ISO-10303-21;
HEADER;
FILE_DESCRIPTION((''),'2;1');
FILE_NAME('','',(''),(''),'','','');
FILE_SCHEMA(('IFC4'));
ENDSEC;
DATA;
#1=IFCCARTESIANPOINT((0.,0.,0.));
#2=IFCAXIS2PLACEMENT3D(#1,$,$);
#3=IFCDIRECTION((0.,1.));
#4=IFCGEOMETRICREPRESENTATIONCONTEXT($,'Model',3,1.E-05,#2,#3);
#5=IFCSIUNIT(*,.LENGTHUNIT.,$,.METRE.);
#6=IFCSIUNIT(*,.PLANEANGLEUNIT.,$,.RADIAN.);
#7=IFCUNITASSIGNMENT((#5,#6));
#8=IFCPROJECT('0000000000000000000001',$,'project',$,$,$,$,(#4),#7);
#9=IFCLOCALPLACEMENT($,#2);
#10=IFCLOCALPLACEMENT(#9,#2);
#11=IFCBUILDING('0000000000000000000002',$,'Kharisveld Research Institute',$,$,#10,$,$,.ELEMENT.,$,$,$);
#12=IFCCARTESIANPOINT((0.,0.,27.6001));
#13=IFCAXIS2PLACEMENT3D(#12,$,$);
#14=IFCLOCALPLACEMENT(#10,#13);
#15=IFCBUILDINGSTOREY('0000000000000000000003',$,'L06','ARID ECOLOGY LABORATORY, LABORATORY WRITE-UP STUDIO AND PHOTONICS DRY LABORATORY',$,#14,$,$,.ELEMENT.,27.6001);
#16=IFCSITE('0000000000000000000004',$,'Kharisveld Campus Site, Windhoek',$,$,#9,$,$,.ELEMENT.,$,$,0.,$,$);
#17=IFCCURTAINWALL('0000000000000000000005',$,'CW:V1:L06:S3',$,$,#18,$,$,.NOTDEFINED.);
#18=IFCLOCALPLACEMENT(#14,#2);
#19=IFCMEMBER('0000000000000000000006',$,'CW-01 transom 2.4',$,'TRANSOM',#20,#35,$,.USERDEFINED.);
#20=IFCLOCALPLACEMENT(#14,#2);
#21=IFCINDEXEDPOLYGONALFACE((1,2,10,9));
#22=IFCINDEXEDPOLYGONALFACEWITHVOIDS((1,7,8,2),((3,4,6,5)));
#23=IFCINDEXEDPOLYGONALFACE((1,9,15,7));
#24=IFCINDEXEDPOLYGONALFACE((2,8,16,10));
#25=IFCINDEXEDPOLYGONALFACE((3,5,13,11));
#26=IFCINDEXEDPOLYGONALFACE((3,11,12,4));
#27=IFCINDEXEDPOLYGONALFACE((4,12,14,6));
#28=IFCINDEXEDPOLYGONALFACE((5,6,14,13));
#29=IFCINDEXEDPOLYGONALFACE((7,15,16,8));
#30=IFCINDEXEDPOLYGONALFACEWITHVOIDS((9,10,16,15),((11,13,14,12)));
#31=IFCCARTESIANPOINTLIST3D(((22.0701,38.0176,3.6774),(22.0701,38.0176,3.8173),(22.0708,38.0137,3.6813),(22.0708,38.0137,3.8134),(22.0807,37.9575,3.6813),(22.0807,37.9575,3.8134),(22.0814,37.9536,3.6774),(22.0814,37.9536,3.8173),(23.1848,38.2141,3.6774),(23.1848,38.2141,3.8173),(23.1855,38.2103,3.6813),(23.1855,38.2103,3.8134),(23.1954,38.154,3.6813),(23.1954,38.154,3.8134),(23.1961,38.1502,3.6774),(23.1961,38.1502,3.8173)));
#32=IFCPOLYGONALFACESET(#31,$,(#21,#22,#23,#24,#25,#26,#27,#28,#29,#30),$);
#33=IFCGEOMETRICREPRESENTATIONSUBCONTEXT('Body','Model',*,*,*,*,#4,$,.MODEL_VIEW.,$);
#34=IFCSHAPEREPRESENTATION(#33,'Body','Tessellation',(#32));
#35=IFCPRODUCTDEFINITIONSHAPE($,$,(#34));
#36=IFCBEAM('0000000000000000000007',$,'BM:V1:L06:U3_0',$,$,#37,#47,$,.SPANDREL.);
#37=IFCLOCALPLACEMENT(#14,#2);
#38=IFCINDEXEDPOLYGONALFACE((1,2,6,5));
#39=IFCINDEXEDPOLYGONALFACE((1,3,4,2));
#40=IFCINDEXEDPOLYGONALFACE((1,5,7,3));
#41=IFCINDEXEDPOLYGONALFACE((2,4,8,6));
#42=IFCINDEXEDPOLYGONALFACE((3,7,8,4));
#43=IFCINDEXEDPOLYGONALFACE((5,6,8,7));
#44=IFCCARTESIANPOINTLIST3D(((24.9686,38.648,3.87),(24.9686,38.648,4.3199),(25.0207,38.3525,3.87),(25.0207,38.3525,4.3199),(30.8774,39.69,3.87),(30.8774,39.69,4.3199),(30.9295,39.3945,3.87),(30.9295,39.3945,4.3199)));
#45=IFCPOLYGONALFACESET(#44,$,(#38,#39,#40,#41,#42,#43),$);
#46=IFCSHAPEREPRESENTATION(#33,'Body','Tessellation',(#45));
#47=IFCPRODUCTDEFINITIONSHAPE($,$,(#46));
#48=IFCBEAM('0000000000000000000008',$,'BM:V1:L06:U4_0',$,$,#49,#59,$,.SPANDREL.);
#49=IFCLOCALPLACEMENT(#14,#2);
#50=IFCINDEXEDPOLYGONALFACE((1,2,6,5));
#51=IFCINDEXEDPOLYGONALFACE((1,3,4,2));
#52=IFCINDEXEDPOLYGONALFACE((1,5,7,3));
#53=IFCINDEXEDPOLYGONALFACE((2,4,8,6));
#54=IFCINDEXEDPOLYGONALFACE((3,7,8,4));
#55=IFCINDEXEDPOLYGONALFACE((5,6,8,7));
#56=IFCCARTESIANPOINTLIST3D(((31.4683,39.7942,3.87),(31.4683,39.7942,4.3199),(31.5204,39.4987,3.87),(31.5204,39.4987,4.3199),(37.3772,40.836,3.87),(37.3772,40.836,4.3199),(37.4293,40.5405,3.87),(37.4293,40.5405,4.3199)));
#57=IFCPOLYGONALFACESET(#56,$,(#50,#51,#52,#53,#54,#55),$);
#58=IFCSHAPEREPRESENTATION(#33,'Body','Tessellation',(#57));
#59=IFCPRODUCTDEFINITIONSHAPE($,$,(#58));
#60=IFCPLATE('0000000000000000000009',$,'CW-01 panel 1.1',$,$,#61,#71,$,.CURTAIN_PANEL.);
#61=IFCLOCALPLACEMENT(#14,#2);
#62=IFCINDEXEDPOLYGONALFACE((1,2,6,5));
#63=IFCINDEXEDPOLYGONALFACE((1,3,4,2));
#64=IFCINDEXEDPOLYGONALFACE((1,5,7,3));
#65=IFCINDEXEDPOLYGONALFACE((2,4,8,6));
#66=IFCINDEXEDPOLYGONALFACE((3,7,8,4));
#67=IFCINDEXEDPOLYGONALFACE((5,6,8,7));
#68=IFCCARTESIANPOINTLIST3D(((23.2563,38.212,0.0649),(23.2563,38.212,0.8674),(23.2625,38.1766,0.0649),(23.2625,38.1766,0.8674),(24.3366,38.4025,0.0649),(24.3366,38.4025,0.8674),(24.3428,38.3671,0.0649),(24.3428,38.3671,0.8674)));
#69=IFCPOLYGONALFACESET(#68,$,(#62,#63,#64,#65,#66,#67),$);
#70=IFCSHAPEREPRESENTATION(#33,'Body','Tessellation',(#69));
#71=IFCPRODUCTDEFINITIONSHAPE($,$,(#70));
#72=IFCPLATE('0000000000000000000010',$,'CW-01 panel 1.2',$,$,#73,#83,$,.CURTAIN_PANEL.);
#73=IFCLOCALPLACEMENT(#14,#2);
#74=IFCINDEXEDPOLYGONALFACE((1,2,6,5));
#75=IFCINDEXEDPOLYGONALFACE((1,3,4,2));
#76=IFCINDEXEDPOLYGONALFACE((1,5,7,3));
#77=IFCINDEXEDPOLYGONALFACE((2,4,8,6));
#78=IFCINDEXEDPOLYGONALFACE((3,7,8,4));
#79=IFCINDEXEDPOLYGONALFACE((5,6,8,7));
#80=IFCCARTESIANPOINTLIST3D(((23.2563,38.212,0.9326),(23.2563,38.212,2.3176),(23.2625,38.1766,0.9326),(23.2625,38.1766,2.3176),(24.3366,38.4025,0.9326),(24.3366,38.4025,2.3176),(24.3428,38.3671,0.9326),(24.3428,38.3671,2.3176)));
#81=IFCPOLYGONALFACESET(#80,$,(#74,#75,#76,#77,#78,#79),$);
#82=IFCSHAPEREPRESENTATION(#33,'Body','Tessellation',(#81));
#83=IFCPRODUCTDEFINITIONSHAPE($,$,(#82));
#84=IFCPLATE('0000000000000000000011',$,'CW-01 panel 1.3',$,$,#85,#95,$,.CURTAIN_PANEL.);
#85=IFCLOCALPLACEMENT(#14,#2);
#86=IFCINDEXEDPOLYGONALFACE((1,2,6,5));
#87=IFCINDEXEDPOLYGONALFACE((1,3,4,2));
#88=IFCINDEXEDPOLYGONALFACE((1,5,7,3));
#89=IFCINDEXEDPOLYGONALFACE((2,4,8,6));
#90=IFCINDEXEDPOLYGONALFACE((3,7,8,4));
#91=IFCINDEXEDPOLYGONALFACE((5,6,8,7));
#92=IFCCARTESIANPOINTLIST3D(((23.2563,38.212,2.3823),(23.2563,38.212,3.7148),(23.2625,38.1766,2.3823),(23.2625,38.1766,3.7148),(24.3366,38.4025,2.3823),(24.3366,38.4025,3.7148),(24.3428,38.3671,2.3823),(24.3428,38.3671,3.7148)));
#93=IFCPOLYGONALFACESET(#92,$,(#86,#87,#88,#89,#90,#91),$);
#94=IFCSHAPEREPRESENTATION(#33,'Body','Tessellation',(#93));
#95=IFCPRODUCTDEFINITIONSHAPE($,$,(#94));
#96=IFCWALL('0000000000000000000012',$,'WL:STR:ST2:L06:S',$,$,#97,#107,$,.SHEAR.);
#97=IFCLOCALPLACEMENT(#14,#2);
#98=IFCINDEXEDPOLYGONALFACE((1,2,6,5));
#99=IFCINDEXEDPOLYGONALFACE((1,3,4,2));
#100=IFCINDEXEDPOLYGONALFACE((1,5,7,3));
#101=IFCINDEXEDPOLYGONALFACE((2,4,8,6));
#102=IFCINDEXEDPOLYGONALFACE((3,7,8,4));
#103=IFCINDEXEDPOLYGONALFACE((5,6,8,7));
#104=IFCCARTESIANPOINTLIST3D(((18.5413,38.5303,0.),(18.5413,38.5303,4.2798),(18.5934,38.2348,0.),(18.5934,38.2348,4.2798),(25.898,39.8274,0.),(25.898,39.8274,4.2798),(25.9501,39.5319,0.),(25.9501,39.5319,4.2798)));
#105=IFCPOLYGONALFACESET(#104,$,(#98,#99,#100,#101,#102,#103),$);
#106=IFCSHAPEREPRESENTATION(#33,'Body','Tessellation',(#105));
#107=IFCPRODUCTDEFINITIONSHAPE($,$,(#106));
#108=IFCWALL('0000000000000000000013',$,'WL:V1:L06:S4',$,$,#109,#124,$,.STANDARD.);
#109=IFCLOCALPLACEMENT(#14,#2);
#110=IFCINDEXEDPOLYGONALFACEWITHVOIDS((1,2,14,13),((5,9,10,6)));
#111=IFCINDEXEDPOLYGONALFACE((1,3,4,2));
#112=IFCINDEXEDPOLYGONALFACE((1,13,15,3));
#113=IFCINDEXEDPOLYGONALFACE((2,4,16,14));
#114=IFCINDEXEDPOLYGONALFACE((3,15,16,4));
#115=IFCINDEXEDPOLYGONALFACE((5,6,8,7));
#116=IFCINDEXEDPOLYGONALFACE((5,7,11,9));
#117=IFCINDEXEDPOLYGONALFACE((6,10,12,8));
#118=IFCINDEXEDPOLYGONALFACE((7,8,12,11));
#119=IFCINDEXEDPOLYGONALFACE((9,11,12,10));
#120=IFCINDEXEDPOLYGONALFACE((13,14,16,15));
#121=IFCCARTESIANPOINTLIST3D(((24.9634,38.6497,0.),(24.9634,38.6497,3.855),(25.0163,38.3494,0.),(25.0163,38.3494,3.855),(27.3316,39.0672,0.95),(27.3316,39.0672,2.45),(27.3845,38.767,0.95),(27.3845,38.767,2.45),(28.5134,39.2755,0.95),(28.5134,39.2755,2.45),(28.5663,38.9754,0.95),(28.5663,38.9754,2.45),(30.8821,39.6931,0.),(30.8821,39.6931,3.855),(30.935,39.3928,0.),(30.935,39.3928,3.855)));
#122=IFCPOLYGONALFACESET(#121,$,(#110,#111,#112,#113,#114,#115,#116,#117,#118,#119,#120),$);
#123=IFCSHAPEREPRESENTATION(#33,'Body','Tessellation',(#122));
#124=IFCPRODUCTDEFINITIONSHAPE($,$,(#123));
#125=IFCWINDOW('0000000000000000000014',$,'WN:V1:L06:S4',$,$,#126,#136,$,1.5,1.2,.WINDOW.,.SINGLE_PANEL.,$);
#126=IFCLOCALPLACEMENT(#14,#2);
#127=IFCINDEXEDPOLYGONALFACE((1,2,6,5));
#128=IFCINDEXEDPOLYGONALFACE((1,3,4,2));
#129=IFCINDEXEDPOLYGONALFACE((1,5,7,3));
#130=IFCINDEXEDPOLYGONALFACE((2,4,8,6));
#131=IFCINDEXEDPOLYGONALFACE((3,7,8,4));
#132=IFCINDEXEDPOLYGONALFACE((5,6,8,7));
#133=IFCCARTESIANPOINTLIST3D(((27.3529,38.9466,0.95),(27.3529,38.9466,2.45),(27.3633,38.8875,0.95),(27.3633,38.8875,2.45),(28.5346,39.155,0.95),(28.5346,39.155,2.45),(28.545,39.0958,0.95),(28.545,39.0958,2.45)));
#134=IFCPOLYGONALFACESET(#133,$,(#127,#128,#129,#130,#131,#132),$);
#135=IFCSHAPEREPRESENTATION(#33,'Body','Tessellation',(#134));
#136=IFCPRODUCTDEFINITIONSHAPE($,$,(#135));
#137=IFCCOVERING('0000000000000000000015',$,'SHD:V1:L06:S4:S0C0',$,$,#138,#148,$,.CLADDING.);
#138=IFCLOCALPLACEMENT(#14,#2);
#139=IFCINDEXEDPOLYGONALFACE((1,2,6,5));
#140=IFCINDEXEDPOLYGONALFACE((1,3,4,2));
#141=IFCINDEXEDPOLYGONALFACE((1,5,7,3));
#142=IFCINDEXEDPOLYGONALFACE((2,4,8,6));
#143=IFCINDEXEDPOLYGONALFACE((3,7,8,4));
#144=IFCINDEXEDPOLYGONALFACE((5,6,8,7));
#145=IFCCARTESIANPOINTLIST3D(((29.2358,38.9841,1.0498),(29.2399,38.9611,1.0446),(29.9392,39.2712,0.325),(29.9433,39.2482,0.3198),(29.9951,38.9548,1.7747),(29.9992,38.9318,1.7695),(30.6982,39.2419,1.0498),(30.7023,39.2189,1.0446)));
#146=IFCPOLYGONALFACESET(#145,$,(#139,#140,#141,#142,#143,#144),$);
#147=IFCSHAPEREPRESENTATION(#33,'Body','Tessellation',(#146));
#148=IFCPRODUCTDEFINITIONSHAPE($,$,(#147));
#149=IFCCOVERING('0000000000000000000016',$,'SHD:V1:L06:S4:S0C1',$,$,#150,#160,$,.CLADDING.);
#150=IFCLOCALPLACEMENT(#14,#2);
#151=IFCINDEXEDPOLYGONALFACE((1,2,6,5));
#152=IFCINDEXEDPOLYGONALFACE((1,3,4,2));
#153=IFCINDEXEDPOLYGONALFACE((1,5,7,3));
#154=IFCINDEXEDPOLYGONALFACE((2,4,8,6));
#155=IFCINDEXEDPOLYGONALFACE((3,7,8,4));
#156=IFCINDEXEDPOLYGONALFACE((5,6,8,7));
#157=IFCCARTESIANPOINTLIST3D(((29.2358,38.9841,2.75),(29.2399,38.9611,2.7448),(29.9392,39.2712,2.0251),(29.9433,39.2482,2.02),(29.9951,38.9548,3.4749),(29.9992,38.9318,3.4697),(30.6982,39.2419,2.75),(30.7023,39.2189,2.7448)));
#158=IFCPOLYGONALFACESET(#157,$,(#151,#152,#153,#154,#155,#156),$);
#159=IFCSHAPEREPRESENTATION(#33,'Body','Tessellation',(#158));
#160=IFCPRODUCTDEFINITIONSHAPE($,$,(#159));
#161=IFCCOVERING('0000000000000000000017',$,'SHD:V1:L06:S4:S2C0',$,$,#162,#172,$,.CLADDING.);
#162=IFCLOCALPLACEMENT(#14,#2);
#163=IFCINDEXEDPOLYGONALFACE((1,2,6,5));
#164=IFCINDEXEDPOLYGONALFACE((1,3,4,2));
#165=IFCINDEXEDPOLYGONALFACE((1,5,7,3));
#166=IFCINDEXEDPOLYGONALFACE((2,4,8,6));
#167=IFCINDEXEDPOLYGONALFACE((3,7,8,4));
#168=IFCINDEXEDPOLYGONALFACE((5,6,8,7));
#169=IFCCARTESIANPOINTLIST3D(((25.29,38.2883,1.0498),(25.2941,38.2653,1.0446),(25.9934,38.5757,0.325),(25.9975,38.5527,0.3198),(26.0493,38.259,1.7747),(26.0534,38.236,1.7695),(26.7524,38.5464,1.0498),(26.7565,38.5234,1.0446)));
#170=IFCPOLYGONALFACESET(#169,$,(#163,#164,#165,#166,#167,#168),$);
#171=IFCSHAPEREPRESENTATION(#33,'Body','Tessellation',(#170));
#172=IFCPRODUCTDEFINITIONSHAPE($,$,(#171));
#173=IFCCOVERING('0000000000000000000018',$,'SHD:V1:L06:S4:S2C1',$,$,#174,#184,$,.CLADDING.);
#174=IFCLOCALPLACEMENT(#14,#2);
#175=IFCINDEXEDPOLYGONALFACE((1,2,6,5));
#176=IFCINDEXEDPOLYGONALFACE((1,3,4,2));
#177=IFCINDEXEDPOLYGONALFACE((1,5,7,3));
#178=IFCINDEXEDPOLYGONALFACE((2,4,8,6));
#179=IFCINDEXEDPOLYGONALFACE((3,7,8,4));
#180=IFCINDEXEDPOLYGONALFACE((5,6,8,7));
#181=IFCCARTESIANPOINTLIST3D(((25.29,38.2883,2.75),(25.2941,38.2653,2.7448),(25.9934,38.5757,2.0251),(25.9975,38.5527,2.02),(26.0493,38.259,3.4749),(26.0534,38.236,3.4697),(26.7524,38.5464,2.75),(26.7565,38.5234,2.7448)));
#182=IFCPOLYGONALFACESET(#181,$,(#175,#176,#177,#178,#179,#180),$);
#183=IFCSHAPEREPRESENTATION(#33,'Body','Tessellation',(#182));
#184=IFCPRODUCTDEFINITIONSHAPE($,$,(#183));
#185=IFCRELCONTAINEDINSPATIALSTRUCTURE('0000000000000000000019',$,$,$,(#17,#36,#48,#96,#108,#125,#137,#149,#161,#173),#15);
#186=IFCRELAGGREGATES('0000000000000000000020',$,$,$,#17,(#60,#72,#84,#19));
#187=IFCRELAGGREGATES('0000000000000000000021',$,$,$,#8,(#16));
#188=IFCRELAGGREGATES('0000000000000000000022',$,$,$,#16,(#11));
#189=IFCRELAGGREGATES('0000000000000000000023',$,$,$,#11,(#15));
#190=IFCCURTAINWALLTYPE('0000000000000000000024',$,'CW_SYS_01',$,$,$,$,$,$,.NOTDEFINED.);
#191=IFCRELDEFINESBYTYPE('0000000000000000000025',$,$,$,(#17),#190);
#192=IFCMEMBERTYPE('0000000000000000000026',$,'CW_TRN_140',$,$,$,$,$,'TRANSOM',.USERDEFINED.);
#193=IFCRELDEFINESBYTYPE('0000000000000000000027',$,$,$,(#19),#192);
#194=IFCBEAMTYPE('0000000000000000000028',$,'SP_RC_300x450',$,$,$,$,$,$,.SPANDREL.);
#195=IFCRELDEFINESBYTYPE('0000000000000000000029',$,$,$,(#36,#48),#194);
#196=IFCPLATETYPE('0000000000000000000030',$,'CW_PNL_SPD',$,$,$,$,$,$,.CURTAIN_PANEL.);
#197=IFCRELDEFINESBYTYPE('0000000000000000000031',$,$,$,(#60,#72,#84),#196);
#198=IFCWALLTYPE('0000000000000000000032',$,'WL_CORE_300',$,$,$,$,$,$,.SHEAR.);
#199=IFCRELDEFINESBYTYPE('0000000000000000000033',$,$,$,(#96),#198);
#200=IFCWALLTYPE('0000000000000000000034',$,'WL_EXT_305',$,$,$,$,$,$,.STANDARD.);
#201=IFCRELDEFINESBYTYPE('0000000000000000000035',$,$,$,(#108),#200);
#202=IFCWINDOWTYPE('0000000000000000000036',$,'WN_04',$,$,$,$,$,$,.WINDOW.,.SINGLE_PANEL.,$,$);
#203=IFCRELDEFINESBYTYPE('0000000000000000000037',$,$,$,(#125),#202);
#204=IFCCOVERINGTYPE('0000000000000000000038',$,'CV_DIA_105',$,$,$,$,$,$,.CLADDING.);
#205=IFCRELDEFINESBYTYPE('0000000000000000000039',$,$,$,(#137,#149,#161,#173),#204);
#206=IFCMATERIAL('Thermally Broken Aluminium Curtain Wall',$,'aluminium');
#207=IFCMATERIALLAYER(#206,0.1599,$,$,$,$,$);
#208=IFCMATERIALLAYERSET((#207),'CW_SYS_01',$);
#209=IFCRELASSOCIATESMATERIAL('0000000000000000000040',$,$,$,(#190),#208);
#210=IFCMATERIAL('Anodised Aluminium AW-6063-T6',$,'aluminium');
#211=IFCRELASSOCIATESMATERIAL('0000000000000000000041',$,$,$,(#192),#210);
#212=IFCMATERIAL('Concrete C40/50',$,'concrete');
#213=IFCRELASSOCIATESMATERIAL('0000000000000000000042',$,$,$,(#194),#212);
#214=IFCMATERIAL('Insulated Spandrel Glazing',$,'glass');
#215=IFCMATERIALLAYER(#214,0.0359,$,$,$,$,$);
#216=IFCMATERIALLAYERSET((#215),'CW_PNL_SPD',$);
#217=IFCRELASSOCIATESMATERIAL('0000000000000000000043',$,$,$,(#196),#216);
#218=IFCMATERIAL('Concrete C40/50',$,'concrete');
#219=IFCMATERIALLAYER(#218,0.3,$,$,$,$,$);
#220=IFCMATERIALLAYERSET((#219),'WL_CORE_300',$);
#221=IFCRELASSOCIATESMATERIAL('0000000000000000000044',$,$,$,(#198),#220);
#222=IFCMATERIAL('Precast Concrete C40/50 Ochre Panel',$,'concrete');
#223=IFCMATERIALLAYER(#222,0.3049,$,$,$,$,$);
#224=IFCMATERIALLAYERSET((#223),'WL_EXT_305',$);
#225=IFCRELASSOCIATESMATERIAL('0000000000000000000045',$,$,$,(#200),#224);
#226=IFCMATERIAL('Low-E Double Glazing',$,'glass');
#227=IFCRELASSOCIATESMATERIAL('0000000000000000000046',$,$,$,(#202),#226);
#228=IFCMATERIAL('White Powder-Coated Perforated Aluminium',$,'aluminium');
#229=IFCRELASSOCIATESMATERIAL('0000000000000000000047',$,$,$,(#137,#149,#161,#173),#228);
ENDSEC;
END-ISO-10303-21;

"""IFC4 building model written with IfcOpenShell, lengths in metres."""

from ifc_helpers import new_model, si_unit, direction, frame, frame_2d, origin, origin_2d, place, context, subcontext, project, spatial, polyline, rectangle, hollow_rectangle, outline, extrude, material, layer, layer_set, material_profile, profile_set, type_object, element, fill, aggregate, save


model = new_model("IFC4")

# Units and contexts
model_context = context("Model", 3, precision=1e-05, world=origin(), true_north=direction((0.0, 1.0)))
body_context = subcontext(model_context, "Body", "Model", "MODEL_VIEW")
ifc_project = project(units=[si_unit("LENGTHUNIT", "METRE"), si_unit("PLANEANGLEUNIT", "RADIAN")], contexts=[model_context])

# Site, building, storey
site_placement = place(None, origin())
site = spatial("IfcSite", under=ifc_project, at=site_placement, Name="Kharisveld Campus Site, Windhoek", CompositionType="ELEMENT", RefElevation=0.0)
building_placement = place(site_placement, origin())
building = spatial("IfcBuilding", under=site, at=building_placement, Name="Kharisveld Research Institute", CompositionType="ELEMENT")
storey_placement = place(building_placement, frame((0.0, 0.0, 27.6001)))
storey = spatial("IfcBuildingStorey", under=building, at=storey_placement, Name="L06", Description="ARID ECOLOGY LABORATORY, LABORATORY WRITE-UP STUDIO AND PHOTONICS DRY LABORATORY", CompositionType="ELEMENT", Elevation=27.6001)

# Curtain wall, member
ifc_material_1 = material(Name="Thermally Broken Aluminium Curtain Wall", Category="aluminium")
ifc_layer_1 = layer(ifc_material_1, 0.1599)
ifc_layer_set_1 = layer_set([ifc_layer_1], Name="CW_SYS_01")
curtain_wall_type = type_object("IfcCurtainWallType", Name="CW_SYS_01", PredefinedType="NOTDEFINED", material=ifc_layer_set_1)
curtain_wall_placement = place(storey_placement, origin())
curtain_wall = element("IfcCurtainWall", 1, at=curtain_wall_placement, inside=storey, type_object=curtain_wall_type, Name="CW:V1:L06:S3", PredefinedType="NOTDEFINED")
ifc_material_2 = material(Name="Anodised Aluminium AW-6063-T6", Category="aluminium")
ifc_material_profile_1 = material_profile(ifc_material_2, hollow_rectangle(XDim=0.0649, YDim=0.1399, WallThickness=0.0039, at=origin_2d()))
ifc_profile_set_1 = profile_set([ifc_material_profile_1], Name="Anodised Aluminium AW-6063-T6")
member_type_1 = type_object("IfcMemberType", Name="CW_TRN_140", ElementType="TRANSOM", PredefinedType="USERDEFINED", material=ifc_profile_set_1)
member_1_placement = place(storey_placement, frame((23.1904, 38.1821, 3.7473), z_axis=(-0.984812, -0.173625, 0.0), x_axis=(0.173625, -0.984812, 0.0)))
member_1 = element("IfcMember", 2, at=member_1_placement, type_object=member_type_1, Name="CW-01 transom 2.4", ObjectType="TRANSOM", PredefinedType="USERDEFINED", context=body_context, shape_type="SweptSolid", body=[
    extrude(hollow_rectangle(XDim=0.0649, YDim=0.1399, WallThickness=0.0039, at=origin_2d()), origin(), (0.0, 0.0, 1.0), 1.1318),
])

# Beams
ifc_material_3 = material(Name="Concrete C40/50", Category="concrete")
ifc_material_profile_2 = material_profile(ifc_material_3, rectangle(XDim=0.3, YDim=0.45, at=origin_2d()))
ifc_profile_set_2 = profile_set([ifc_material_profile_2], Name="Concrete C40/50")
beam_type = type_object("IfcBeamType", Name="SP_RC_300x450", PredefinedType="SPANDREL", material=ifc_profile_set_2)
for number, where, z_axis, x_axis, name in (
    (3, (24.9946, 38.5002, 4.095), (0.984805, 0.173662, 0.0), (-0.173662, 0.984805, 0.0), "BM:V1:L06:U3_0"),
    (4, (31.4944, 39.6465, 4.095), (0.984812, 0.173623, 0.0), (-0.173623, 0.984812, 0.0), "BM:V1:L06:U4_0"),
):
    element("IfcBeam", number, at=place(storey_placement, frame(where, z_axis=z_axis, x_axis=x_axis)), inside=storey, type_object=beam_type, Name=name, PredefinedType="SPANDREL", context=body_context, shape_type="SweptSolid", body=[
        extrude(rectangle(XDim=0.3, YDim=0.45, at=origin_2d()), origin(), (0.0, 0.0, 1.0), 6.0),
    ])

# Plates
ifc_material_4 = material(Name="Insulated Spandrel Glazing", Category="glass")
ifc_layer_2 = layer(ifc_material_4, 0.0359)
ifc_layer_set_2 = layer_set([ifc_layer_2], Name="CW_PNL_SPD")
plate_type = type_object("IfcPlateType", Name="CW_PNL_SPD", PredefinedType="CURTAIN_PANEL", material=ifc_layer_set_2)
plate_1_placement = place(storey_placement, frame((23.7996, 38.2896, 0.0649), z_axis=(0.0, 0.0, 1.0), x_axis=(-0.984808, -0.173648, 0.0)))
plate_1 = element("IfcPlate", 5, at=plate_1_placement, type_object=plate_type, Name="CW-01 panel 1.1", PredefinedType="CURTAIN_PANEL", context=body_context, shape_type="SweptSolid", body=[
    extrude(rectangle(XDim=1.0969, YDim=0.0359, at=origin_2d()), origin(), (0.0, 0.0, 1.0), 0.8025),
])
plate_2_placement = place(storey_placement, frame((23.7996, 38.2896, 0.9326), z_axis=(0.0, 0.0, 1.0), x_axis=(-0.984808, -0.173648, 0.0)))
plate_2 = element("IfcPlate", 6, at=plate_2_placement, type_object=plate_type, Name="CW-01 panel 1.2", PredefinedType="CURTAIN_PANEL", context=body_context, shape_type="SweptSolid", body=[
    extrude(rectangle(XDim=1.0969, YDim=0.0359, at=origin_2d()), origin(), (0.0, 0.0, 1.0), 1.385),
])
plate_3_placement = place(storey_placement, frame((23.7996, 38.2896, 2.3823), z_axis=(0.0, 0.0, 1.0), x_axis=(-0.984808, -0.173648, 0.0)))
plate_3 = element("IfcPlate", 7, at=plate_3_placement, type_object=plate_type, Name="CW-01 panel 1.3", PredefinedType="CURTAIN_PANEL", context=body_context, shape_type="SweptSolid", body=[
    extrude(rectangle(XDim=1.0969, YDim=0.0359, at=origin_2d()), origin(), (0.0, 0.0, 1.0), 1.3325),
])
aggregate(curtain_wall, [plate_1, plate_2, plate_3, member_1])

# Wall
ifc_material_5 = material(Name="Concrete C40/50", Category="concrete")
ifc_layer_3 = layer(ifc_material_5, 0.3)
ifc_layer_set_3 = layer_set([ifc_layer_3], Name="WL_CORE_300")
wall_type_1 = type_object("IfcWallType", Name="WL_CORE_300", PredefinedType="SHEAR", material=ifc_layer_set_3)
wall_1_placement = place(storey_placement, frame((25.9241, 39.6797, 0.0), z_axis=(0.0, 0.0, 1.0), x_axis=(-0.984809, -0.17364, 0.0)))
element("IfcWall", 8, at=wall_1_placement, inside=storey, type_object=wall_type_1, Name="WL:STR:ST2:L06:S", PredefinedType="SHEAR", context=body_context, shape_type="SweptSolid", body=[
    extrude(rectangle(XDim=7.4702, YDim=0.3, at=frame_2d((3.7351, 0.0))), origin(), (0.0, 0.0, 1.0), 4.2798),
])

# Wall, opening, window
ifc_material_6 = material(Name="Precast Concrete C40/50 Ochre Panel", Category="concrete")
ifc_layer_4 = layer(ifc_material_6, 0.3049)
ifc_layer_set_4 = layer_set([ifc_layer_4], Name="WL_EXT_305")
wall_type_2 = type_object("IfcWallType", Name="WL_EXT_305", PredefinedType="STANDARD", material=ifc_layer_set_4)
wall_2_placement = place(storey_placement, frame((30.9084, 39.543, 0.0), z_axis=(0.0, 0.0, 1.0), x_axis=(-0.984813, -0.173621, 0.0)))
wall_2 = element("IfcWall", 9, at=wall_2_placement, inside=storey, type_object=wall_type_2, Name="WL:V1:L06:S4", PredefinedType="STANDARD", context=body_context, shape_type="SweptSolid", body=[
    extrude(rectangle(XDim=6.01, YDim=0.3049, at=frame_2d((3.0049, 0.0))), origin(), (0.0, 0.0, 1.0), 3.855),
])
opening_placement = place(wall_2_placement, frame((2.405, 0.0, 0.95)))
opening = element("IfcOpeningElement", 10, at=opening_placement, cuts=wall_2, PredefinedType="OPENING", context=body_context, shape_type="SweptSolid", body=[
    extrude(rectangle(XDim=1.2, YDim=1.5, at=frame_2d((0.6001, 0.75))), frame((0.0, 0.1523, 0.0), z_axis=(0.0, -1.0, 0.0), x_axis=(1.0, 0.0, 0.0)), (0.0, 0.0, 1.0), 0.3049),
])
ifc_material_7 = material(Name="Low-E Double Glazing", Category="glass")
window_type = type_object("IfcWindowType", Name="WN_04", PartitioningType="SINGLE_PANEL", PredefinedType="WINDOW", material=ifc_material_7)
window_placement = place(opening_placement, origin())
window = element("IfcWindow", 11, at=window_placement, inside=storey, type_object=window_type, Name="WN:V1:L06:S4", OverallHeight=1.5, OverallWidth=1.2, PartitioningType="SINGLE_PANEL", PredefinedType="WINDOW", context=body_context, shape_type="SweptSolid", body=[
    extrude(rectangle(XDim=1.2, YDim=1.5, at=frame_2d((0.6001, 0.75))), frame((0.0, 0.03, 0.0), z_axis=(0.0, -1.0, 0.0), x_axis=(1.0, 0.0, 0.0)), (0.0, 0.0, 1.0), 0.0601),
])
fill(opening, window)

# Coverings
ifc_material_8 = material(Name="White Powder-Coated Perforated Aluminium", Category="aluminium")
covering_type = type_object("IfcCoveringType", Name="CV_DIA_105", PredefinedType="CLADDING")
for number, where, z_axis, x_axis, name in (
    (12, (29.9392, 39.2712, 0.325), (-0.169503, 0.961481, 0.216385), (-0.66985, -0.273447, 0.69031), "SHD:V1:L06:S4:S0C0"),
    (13, (29.9392, 39.2712, 2.0251), (-0.169503, 0.961481, 0.216385), (-0.66985, -0.273447, 0.69031), "SHD:V1:L06:S4:S0C1"),
):
    element("IfcCovering", number, at=place(storey_placement, frame(where, z_axis=z_axis, x_axis=x_axis)), inside=storey, type_object=covering_type, material=ifc_material_8, Name=name, PredefinedType="CLADDING", context=body_context, shape_type="SweptSolid", body=[
        extrude(outline(polyline([(0.0, 0.0), (1.05, 0.0), (1.0498, 1.0501), (-0.0001, 1.05), (0.0, 0.0)])), origin(), (0.0, 0.0, -1.0), 0.0239),
    ])
for number, where, z_axis, x_axis, name in (
    (14, (25.9934, 38.5757, 0.325), (-0.169653, 0.96142, 0.21654), (-0.669807, -0.273663, 0.690266), "SHD:V1:L06:S4:S2C0"),
    (15, (25.9934, 38.5757, 2.0251), (-0.169653, 0.96142, 0.21654), (-0.669807, -0.273663, 0.690266), "SHD:V1:L06:S4:S2C1"),
):
    element("IfcCovering", number, at=place(storey_placement, frame(where, z_axis=z_axis, x_axis=x_axis)), inside=storey, type_object=covering_type, material=ifc_material_8, Name=name, PredefinedType="CLADDING", context=body_context, shape_type="SweptSolid", body=[
        extrude(outline(polyline([(0.0, 0.0), (1.0501, 0.0), (1.0499, 1.0501), (0.0, 1.05), (0.0, 0.0)])), origin(), (0.0, 0.0, -1.0), 0.0239),
    ])

save(model, "model.ifc")
